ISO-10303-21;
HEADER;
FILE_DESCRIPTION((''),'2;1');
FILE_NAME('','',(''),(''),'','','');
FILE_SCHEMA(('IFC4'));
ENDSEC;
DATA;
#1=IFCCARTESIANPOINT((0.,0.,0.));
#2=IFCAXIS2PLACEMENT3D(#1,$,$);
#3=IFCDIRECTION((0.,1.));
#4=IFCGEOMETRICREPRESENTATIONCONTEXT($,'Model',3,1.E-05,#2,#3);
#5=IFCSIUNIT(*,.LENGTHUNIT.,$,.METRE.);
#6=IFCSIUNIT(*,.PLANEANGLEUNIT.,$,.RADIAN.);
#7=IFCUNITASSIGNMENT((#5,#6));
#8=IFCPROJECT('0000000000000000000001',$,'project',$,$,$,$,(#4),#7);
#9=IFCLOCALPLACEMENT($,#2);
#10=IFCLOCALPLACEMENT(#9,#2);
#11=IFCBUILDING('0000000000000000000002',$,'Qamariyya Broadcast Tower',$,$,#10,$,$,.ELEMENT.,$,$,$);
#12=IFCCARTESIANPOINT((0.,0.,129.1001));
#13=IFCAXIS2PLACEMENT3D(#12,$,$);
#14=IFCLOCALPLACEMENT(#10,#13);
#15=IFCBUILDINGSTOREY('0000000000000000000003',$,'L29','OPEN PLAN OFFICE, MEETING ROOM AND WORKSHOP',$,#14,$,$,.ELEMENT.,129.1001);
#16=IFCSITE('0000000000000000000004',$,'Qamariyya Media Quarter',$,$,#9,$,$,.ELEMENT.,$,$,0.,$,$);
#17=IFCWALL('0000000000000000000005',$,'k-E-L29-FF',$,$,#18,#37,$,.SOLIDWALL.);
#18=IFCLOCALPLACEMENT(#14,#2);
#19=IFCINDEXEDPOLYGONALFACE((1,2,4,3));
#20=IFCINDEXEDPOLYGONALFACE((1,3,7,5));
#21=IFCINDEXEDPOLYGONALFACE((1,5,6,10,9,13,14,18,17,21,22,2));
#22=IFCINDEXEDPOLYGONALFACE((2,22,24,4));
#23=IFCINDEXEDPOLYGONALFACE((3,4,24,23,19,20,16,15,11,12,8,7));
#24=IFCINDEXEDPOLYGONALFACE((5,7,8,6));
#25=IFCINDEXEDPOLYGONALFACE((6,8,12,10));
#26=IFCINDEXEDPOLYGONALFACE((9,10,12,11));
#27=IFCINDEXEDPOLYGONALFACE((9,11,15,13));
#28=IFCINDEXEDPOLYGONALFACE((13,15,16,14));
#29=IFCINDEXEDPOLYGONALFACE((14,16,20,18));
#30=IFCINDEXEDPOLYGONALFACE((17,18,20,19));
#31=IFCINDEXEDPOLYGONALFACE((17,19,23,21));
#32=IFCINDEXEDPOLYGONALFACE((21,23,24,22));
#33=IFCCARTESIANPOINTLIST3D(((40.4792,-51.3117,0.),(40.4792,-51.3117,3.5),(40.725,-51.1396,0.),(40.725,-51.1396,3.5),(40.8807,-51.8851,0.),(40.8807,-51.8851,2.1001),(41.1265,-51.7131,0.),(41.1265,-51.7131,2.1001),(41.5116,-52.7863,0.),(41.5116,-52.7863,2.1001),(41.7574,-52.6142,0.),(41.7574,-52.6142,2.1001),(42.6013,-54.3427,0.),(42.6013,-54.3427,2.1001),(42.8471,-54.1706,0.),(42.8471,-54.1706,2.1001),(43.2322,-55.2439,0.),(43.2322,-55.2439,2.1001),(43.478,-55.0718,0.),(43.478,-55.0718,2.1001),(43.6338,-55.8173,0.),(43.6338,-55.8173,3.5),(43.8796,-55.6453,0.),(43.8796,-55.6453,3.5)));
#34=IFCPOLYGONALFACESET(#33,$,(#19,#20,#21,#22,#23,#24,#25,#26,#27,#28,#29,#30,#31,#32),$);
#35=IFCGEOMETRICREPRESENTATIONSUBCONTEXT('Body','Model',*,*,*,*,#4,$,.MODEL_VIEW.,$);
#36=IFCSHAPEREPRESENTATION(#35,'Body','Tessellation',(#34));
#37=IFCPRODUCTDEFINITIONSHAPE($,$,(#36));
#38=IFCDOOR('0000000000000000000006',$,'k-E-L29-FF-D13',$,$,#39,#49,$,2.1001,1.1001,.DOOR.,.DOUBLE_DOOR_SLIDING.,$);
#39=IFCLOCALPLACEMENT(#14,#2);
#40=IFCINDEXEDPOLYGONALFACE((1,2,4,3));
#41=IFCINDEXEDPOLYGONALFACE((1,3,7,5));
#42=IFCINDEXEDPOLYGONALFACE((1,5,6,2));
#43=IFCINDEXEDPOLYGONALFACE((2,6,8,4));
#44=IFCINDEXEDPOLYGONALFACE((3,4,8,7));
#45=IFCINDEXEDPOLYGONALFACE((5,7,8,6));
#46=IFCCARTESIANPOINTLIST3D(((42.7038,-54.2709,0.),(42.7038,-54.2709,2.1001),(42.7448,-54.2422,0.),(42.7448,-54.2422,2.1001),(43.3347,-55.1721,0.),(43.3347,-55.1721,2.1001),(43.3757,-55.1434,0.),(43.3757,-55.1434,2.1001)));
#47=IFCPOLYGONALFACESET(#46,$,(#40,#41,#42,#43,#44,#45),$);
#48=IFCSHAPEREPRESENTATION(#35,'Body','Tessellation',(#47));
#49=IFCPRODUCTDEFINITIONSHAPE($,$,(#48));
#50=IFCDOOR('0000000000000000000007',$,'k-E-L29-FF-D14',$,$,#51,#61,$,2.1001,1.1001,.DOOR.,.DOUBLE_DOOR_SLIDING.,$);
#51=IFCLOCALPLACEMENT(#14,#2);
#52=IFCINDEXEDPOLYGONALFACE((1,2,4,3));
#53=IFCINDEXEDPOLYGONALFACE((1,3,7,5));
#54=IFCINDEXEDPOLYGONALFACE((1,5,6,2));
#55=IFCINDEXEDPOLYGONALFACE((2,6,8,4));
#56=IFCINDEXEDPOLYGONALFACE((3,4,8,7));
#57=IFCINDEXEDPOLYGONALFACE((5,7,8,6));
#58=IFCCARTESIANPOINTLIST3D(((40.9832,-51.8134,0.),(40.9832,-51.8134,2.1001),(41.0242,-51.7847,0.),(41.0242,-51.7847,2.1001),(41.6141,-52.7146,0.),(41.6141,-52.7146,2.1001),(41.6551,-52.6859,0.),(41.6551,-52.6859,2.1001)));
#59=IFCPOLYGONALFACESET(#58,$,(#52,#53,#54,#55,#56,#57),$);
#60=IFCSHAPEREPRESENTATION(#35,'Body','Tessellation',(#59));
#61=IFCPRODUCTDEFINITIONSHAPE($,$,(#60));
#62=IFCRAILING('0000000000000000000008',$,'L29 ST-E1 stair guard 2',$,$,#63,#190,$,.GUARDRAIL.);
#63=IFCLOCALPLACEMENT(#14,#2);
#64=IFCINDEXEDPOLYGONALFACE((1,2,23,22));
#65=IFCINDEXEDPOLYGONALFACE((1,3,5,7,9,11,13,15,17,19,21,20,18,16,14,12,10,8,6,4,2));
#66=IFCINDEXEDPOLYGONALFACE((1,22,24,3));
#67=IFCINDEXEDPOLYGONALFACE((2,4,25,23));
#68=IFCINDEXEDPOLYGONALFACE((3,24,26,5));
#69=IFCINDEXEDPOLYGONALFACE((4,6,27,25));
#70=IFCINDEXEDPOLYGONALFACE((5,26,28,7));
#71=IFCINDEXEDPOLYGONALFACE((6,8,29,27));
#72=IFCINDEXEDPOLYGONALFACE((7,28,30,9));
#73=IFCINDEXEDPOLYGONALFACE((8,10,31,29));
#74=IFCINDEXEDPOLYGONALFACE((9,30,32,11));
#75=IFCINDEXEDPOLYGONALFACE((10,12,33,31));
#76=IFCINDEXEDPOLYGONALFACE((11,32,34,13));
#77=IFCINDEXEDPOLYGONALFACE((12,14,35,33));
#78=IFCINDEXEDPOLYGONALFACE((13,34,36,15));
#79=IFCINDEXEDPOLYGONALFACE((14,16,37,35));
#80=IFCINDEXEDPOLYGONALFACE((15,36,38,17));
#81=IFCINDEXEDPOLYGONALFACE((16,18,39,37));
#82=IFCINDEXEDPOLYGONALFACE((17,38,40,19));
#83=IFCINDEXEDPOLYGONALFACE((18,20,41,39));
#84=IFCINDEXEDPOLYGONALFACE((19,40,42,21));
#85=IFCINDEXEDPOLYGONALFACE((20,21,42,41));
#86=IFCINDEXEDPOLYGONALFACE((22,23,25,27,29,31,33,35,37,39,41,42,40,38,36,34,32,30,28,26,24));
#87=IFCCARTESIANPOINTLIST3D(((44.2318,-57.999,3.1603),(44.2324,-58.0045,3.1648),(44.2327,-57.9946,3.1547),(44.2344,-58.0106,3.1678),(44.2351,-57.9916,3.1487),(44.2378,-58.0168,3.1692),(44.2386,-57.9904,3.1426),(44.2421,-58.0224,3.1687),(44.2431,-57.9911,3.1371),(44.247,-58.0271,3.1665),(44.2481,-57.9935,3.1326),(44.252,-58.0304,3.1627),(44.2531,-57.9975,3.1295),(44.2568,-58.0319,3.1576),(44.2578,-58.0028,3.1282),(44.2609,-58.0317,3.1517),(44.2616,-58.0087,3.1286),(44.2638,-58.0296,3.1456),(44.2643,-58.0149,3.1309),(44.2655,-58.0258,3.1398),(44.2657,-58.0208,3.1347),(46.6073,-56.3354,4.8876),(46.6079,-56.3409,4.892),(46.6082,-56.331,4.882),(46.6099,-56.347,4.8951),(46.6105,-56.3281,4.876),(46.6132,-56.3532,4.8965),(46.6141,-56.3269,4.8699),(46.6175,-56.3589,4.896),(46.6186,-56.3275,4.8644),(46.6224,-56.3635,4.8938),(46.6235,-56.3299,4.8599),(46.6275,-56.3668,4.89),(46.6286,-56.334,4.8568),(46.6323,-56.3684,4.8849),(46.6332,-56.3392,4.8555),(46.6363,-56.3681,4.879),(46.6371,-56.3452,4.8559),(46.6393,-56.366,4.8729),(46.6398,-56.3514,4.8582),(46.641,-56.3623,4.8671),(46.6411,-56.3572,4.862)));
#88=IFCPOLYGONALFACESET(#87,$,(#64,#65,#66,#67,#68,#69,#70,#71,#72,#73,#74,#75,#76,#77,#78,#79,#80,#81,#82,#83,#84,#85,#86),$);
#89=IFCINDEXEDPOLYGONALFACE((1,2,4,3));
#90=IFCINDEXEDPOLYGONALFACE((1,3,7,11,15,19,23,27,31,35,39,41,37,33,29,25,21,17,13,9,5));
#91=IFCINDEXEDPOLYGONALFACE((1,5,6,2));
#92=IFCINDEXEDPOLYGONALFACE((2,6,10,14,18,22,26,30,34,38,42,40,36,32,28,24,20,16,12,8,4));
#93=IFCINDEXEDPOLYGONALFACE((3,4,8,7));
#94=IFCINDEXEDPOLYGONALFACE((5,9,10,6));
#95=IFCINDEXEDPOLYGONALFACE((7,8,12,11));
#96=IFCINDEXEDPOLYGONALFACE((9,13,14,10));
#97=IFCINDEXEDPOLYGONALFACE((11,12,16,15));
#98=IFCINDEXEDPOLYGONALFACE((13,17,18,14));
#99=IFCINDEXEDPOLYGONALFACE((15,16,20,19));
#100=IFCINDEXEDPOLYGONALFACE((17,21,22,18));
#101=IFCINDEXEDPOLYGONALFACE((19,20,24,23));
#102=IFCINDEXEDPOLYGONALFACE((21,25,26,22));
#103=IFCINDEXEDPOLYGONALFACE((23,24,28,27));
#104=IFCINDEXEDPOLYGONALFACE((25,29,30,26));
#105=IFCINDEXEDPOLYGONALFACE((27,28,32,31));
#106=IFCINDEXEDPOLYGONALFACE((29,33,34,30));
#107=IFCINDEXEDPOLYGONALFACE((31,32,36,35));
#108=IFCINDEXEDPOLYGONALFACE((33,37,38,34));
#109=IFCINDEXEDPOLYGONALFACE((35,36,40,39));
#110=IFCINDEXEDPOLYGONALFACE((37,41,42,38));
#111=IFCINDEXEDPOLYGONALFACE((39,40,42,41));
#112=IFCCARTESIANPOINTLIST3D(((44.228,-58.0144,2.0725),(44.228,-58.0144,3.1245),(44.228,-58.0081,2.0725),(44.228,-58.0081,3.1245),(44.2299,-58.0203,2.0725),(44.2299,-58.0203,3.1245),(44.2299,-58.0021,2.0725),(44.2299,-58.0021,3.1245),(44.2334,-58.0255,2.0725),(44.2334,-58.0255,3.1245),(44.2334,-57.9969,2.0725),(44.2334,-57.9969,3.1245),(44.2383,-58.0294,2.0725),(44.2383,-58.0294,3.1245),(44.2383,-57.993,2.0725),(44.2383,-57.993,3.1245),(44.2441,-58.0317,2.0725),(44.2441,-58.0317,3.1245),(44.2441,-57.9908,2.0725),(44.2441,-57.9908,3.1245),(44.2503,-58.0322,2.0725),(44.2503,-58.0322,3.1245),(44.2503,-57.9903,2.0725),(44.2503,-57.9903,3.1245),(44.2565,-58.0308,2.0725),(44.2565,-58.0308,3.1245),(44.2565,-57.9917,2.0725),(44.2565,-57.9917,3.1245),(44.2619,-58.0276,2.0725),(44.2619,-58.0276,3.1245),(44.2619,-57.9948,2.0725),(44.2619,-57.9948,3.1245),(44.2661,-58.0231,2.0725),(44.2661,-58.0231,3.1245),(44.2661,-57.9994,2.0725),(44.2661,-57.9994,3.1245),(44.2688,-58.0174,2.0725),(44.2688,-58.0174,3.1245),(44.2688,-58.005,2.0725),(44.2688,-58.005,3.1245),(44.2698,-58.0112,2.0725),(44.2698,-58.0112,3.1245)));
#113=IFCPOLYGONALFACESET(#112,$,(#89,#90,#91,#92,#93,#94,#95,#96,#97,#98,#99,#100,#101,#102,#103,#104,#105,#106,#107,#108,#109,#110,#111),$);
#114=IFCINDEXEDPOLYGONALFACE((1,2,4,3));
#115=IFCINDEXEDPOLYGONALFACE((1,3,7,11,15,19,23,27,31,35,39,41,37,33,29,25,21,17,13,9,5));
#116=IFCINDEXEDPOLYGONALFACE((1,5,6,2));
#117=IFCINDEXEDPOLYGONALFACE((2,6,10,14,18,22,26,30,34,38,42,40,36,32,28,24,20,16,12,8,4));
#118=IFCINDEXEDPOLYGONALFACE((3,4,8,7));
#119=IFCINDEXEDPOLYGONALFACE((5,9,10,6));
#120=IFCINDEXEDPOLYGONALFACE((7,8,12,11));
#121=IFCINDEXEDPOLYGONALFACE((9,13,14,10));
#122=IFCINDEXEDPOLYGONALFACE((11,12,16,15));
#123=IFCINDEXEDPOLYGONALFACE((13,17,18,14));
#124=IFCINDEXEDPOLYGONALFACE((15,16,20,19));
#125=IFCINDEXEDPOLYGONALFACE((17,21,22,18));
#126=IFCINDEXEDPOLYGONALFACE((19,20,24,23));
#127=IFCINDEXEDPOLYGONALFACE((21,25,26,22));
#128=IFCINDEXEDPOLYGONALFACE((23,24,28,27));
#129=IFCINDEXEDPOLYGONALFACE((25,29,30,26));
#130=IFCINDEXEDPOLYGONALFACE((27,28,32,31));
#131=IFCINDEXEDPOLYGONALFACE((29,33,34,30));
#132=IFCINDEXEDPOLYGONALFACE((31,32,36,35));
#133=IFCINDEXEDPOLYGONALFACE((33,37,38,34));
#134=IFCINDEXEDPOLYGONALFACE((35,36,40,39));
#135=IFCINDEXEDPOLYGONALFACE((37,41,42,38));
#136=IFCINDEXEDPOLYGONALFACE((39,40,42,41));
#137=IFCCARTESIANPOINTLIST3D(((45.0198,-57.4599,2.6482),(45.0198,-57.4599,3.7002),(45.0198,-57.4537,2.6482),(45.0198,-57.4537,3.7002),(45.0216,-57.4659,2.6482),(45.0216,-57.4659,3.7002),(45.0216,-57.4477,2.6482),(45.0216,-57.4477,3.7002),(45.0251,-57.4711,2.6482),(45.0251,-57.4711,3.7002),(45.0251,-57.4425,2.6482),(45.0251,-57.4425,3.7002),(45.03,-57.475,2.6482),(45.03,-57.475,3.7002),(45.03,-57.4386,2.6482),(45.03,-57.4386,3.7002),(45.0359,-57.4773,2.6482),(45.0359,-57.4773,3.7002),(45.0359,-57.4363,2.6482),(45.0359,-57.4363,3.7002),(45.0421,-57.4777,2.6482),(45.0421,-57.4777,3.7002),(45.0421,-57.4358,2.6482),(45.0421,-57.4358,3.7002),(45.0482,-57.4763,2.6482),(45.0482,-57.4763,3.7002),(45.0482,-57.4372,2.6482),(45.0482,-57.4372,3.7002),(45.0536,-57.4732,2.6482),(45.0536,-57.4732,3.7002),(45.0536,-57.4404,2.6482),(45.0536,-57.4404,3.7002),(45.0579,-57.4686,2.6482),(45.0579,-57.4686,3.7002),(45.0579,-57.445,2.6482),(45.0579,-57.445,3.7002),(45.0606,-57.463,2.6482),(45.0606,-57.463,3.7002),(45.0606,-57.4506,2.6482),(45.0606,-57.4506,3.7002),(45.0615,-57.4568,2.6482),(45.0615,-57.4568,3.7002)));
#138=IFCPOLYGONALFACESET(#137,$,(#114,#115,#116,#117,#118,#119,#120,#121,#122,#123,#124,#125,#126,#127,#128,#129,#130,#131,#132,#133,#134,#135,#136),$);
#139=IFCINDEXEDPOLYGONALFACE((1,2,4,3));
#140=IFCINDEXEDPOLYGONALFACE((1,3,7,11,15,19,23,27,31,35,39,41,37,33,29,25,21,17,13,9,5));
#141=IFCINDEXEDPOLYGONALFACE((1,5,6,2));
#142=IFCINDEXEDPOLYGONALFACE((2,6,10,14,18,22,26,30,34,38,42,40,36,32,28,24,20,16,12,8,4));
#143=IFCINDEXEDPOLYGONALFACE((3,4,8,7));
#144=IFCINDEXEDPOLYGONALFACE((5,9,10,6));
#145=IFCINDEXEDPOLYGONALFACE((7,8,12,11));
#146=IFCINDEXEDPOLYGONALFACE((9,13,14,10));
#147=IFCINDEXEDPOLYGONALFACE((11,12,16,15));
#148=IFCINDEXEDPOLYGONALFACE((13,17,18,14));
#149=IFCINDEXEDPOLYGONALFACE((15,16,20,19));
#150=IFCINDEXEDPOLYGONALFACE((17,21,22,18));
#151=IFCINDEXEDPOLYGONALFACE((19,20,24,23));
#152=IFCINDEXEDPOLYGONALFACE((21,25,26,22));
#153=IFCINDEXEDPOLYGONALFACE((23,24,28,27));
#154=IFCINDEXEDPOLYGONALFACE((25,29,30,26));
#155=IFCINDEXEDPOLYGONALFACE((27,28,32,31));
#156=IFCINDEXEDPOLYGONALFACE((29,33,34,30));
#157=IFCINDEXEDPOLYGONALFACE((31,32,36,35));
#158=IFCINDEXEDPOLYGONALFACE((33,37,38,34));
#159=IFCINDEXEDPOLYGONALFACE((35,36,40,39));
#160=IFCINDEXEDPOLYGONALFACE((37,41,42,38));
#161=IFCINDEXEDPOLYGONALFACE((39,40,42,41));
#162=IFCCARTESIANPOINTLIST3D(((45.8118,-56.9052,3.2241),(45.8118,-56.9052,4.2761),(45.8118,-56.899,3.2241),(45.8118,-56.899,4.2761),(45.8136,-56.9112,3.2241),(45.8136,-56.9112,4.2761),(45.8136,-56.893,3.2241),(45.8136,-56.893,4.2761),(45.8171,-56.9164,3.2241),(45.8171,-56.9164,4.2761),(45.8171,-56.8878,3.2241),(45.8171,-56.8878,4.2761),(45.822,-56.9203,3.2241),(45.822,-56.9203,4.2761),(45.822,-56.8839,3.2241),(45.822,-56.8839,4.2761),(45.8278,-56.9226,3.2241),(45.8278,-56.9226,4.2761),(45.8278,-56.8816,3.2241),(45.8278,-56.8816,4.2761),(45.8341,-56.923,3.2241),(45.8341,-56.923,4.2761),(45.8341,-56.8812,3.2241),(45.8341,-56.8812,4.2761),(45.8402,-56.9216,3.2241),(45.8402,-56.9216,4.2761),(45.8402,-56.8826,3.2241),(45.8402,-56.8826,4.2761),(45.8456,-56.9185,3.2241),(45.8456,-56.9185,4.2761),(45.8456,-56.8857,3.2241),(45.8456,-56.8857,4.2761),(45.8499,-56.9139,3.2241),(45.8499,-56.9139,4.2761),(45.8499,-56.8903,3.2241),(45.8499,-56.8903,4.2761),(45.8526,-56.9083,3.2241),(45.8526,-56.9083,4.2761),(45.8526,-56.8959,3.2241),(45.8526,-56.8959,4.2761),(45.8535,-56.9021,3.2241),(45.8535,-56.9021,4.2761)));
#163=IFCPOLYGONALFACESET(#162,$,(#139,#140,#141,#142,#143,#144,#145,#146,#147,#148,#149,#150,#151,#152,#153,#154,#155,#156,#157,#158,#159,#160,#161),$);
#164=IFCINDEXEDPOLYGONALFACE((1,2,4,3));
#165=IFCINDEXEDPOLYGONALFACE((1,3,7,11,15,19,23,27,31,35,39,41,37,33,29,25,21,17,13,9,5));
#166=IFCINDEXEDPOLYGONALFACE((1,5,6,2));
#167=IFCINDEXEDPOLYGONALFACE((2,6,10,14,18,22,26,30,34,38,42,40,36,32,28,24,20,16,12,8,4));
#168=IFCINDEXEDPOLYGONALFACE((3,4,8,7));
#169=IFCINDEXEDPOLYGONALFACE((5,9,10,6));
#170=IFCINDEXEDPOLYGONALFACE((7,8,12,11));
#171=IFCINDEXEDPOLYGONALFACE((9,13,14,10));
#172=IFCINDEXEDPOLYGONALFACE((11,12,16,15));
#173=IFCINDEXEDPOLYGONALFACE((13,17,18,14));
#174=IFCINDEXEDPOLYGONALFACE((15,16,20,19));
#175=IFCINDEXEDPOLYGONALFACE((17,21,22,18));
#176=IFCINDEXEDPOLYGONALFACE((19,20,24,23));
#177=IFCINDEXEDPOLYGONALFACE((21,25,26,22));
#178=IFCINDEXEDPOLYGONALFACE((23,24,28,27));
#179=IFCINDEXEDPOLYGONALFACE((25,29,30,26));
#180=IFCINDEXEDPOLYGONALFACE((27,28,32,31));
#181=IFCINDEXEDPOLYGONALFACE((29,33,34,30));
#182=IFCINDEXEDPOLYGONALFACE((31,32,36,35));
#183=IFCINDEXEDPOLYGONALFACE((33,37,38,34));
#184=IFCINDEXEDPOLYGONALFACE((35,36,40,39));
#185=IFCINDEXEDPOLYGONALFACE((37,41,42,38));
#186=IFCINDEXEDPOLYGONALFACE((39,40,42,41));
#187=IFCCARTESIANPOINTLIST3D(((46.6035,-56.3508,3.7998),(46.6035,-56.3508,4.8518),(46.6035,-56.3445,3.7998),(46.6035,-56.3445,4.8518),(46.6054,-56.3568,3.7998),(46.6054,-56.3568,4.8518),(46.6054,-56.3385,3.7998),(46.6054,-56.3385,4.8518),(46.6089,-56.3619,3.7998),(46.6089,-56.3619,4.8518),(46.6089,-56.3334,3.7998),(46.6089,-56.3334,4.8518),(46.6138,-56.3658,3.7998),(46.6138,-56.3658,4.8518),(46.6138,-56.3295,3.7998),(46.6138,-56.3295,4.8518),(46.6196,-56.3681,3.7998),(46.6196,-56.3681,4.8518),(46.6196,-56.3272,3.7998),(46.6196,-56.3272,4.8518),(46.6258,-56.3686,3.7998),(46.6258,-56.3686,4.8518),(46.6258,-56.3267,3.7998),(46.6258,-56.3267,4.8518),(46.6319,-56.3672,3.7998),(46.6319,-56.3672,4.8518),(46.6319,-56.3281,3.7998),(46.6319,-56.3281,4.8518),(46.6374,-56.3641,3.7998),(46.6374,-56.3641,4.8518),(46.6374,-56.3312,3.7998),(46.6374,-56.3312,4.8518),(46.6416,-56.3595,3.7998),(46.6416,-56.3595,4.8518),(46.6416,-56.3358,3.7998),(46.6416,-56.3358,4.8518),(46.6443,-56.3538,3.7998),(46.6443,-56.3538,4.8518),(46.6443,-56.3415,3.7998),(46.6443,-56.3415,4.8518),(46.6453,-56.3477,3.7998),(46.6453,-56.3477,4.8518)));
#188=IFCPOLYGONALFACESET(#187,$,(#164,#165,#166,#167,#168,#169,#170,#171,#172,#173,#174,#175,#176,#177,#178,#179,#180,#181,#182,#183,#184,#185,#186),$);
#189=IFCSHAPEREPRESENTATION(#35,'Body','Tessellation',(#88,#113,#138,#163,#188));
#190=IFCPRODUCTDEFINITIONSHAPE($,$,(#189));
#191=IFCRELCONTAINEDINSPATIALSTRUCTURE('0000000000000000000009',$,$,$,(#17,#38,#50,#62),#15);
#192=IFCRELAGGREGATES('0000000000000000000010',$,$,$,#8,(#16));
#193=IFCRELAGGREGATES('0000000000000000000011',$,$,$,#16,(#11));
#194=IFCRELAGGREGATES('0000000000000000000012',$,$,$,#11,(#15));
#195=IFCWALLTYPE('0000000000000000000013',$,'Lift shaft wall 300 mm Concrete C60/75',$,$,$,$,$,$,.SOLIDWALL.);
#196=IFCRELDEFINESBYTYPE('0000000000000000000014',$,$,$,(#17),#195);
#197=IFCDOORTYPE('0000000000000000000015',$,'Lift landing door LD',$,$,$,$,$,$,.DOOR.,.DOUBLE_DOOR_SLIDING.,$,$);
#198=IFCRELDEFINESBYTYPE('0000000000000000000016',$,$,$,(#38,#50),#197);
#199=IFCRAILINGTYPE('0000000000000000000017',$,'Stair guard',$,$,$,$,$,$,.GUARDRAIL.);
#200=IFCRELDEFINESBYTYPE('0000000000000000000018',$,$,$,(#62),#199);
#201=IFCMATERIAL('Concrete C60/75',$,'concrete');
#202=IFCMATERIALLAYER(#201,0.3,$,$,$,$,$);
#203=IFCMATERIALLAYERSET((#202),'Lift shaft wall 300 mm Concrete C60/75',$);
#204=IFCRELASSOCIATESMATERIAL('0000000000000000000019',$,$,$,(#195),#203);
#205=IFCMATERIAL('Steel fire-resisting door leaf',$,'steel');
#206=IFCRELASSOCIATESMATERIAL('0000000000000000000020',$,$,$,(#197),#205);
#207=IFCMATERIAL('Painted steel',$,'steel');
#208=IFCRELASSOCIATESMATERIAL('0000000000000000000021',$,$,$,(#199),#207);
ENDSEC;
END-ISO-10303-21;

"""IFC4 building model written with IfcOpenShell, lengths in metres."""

from ifc_helpers import new_model, si_unit, direction, frame, frame_2d, origin, origin_2d, place, context, subcontext, project, spatial, rectangle, circle, extrude, material, layer, layer_set, type_object, element, fill, save


model = new_model("IFC4")

# Units and contexts
model_context = context("Model", 3, precision=1e-05, world=origin(), true_north=direction((0.0, 1.0)))
body_context = subcontext(model_context, "Body", "Model", "MODEL_VIEW")
ifc_project = project(units=[si_unit("LENGTHUNIT", "METRE"), si_unit("PLANEANGLEUNIT", "RADIAN")], contexts=[model_context])

# Site, building, storey
site_placement = place(None, origin())
site = spatial("IfcSite", under=ifc_project, at=site_placement, Name="Qamariyya Media Quarter", CompositionType="ELEMENT", RefElevation=0.0)
building_placement = place(site_placement, origin())
building = spatial("IfcBuilding", under=site, at=building_placement, Name="Qamariyya Broadcast Tower", CompositionType="ELEMENT")
storey_placement = place(building_placement, frame((0.0, 0.0, 129.1001)))
storey = spatial("IfcBuildingStorey", under=building, at=storey_placement, Name="L29", Description="OPEN PLAN OFFICE, MEETING ROOM AND WORKSHOP", CompositionType="ELEMENT", Elevation=129.1001)

# Shared definitions
ifc_material_1 = material(Name="Steel fire-resisting door leaf", Category="steel")

# Shared definitions
ifc_material_2 = material(Name="Concrete C60/75", Category="concrete")
ifc_layer_1 = layer(ifc_material_2, 0.3)
ifc_layer_set_1 = layer_set([ifc_layer_1], Name="Lift shaft wall 300 mm Concrete C60/75")
wall_type_1 = type_object("IfcWallType", Name="Lift shaft wall 300 mm Concrete C60/75", PredefinedType="SOLIDWALL", material=ifc_layer_set_1)

# Wall, openings, doors
wall_1_placement = place(storey_placement, frame((43.7566, -55.7312, 0.0), z_axis=(0.0, 0.0, 1.0), x_axis=(-0.573537, 0.81918, 0.0)))
wall_1 = element("IfcWall", 1, at=wall_1_placement, inside=storey, type_object=wall_type_1, Name="k-E-L29-FF", PredefinedType="SOLIDWALL", context=body_context, shape_type="SweptSolid", body=[
    extrude(rectangle(XDim=5.5002, YDim=0.3, at=frame_2d((2.75, 0.0))), origin(), (0.0, 0.0, 1.0), 3.5),
])
opening_1_placement = place(wall_1_placement, frame((0.7, 0.0, 0.0)))
opening_1 = element("IfcOpeningElement", 2, at=opening_1_placement, cuts=wall_1, PredefinedType="OPENING", context=body_context, shape_type="SweptSolid", body=[
    extrude(rectangle(XDim=1.1001, YDim=2.1001, at=frame_2d((0.55, 1.05))), frame((0.0, 0.1599, 0.0), z_axis=(0.0, -1.0, 0.0), x_axis=(1.0, 0.0, 0.0)), (0.0, 0.0, 1.0), 0.3201),
])
opening_2_placement = place(wall_1_placement, frame((3.7, 0.0, 0.0)))
opening_2 = element("IfcOpeningElement", 3, at=opening_2_placement, cuts=wall_1, PredefinedType="OPENING", context=body_context, shape_type="SweptSolid", body=[
    extrude(rectangle(XDim=1.1001, YDim=2.1001, at=frame_2d((0.55, 1.05))), frame((0.0, 0.1599, 0.0), z_axis=(0.0, -1.0, 0.0), x_axis=(1.0, 0.0, 0.0)), (0.0, 0.0, 1.0), 0.3201),
])
door_type_1 = type_object("IfcDoorType", Name="Lift landing door LD", OperationType="DOUBLE_DOOR_SLIDING", PredefinedType="DOOR", material=ifc_material_1)
door_1_placement = place(opening_1_placement, origin())
door_1 = element("IfcDoor", 4, at=door_1_placement, inside=storey, type_object=door_type_1, Name="k-E-L29-FF-D13", OperationType="DOUBLE_DOOR_SLIDING", OverallHeight=2.1001, OverallWidth=1.1001, PredefinedType="DOOR", context=body_context, shape_type="SweptSolid", body=[
    extrude(rectangle(XDim=1.1001, YDim=2.1001, at=frame_2d((0.55, 1.05))), frame((0.0, 0.0249, 0.0), z_axis=(0.0, -1.0, 0.0), x_axis=(1.0, 0.0, 0.0)), (0.0, 0.0, 1.0), 0.05),
])
fill(opening_1, door_1)
door_2_placement = place(opening_2_placement, origin())
door_2 = element("IfcDoor", 5, at=door_2_placement, inside=storey, type_object=door_type_1, Name="k-E-L29-FF-D14", OperationType="DOUBLE_DOOR_SLIDING", OverallHeight=2.1001, OverallWidth=1.1001, PredefinedType="DOOR", context=body_context, shape_type="SweptSolid", body=[
    extrude(rectangle(XDim=1.1001, YDim=2.1001, at=frame_2d((0.55, 1.05))), frame((0.0, 0.0249, 0.0), z_axis=(0.0, -1.0, 0.0), x_axis=(1.0, 0.0, 0.0)), (0.0, 0.0, 1.0), 0.05),
])
fill(opening_2, door_2)

# Railing
ifc_material_3 = material(Name="Painted steel", Category="steel")
railing_type_1 = type_object("IfcRailingType", Name="Stair guard", PredefinedType="GUARDRAIL", material=ifc_material_3)
railing_1_placement = place(storey_placement, frame((44.2488, -58.0112, 2.0725)))
element("IfcRailing", 6, at=railing_1_placement, inside=storey, type_object=railing_type_1, Name="L29 ST-E1 stair guard 2", PredefinedType="GUARDRAIL", context=body_context, shape_type="SweptSolid", body=[
    extrude(circle(Radius=0.0239, at=origin_2d()), frame((0.0, 0.0, 1.0762), z_axis=(0.703745, 0.492838, 0.511716), x_axis=(-0.573632, 0.819113, 0.0)), (0.0, 0.0, 1.0), 3.3755),
    extrude(circle(Radius=0.021, at=origin_2d()), origin(), (0.0, 0.0, 1.0), 1.052),
    extrude(circle(Radius=0.021, at=origin_2d()), frame((0.7917, 0.5544, 0.5757)), (0.0, 0.0, 1.0), 1.052),
    extrude(circle(Radius=0.021, at=origin_2d()), frame((1.5837, 1.1091, 1.1516)), (0.0, 0.0, 1.0), 1.052),
    extrude(circle(Radius=0.021, at=origin_2d()), frame((2.3755, 1.6636, 1.7273)), (0.0, 0.0, 1.0), 1.052),
])

save(model, "model.ifc")
